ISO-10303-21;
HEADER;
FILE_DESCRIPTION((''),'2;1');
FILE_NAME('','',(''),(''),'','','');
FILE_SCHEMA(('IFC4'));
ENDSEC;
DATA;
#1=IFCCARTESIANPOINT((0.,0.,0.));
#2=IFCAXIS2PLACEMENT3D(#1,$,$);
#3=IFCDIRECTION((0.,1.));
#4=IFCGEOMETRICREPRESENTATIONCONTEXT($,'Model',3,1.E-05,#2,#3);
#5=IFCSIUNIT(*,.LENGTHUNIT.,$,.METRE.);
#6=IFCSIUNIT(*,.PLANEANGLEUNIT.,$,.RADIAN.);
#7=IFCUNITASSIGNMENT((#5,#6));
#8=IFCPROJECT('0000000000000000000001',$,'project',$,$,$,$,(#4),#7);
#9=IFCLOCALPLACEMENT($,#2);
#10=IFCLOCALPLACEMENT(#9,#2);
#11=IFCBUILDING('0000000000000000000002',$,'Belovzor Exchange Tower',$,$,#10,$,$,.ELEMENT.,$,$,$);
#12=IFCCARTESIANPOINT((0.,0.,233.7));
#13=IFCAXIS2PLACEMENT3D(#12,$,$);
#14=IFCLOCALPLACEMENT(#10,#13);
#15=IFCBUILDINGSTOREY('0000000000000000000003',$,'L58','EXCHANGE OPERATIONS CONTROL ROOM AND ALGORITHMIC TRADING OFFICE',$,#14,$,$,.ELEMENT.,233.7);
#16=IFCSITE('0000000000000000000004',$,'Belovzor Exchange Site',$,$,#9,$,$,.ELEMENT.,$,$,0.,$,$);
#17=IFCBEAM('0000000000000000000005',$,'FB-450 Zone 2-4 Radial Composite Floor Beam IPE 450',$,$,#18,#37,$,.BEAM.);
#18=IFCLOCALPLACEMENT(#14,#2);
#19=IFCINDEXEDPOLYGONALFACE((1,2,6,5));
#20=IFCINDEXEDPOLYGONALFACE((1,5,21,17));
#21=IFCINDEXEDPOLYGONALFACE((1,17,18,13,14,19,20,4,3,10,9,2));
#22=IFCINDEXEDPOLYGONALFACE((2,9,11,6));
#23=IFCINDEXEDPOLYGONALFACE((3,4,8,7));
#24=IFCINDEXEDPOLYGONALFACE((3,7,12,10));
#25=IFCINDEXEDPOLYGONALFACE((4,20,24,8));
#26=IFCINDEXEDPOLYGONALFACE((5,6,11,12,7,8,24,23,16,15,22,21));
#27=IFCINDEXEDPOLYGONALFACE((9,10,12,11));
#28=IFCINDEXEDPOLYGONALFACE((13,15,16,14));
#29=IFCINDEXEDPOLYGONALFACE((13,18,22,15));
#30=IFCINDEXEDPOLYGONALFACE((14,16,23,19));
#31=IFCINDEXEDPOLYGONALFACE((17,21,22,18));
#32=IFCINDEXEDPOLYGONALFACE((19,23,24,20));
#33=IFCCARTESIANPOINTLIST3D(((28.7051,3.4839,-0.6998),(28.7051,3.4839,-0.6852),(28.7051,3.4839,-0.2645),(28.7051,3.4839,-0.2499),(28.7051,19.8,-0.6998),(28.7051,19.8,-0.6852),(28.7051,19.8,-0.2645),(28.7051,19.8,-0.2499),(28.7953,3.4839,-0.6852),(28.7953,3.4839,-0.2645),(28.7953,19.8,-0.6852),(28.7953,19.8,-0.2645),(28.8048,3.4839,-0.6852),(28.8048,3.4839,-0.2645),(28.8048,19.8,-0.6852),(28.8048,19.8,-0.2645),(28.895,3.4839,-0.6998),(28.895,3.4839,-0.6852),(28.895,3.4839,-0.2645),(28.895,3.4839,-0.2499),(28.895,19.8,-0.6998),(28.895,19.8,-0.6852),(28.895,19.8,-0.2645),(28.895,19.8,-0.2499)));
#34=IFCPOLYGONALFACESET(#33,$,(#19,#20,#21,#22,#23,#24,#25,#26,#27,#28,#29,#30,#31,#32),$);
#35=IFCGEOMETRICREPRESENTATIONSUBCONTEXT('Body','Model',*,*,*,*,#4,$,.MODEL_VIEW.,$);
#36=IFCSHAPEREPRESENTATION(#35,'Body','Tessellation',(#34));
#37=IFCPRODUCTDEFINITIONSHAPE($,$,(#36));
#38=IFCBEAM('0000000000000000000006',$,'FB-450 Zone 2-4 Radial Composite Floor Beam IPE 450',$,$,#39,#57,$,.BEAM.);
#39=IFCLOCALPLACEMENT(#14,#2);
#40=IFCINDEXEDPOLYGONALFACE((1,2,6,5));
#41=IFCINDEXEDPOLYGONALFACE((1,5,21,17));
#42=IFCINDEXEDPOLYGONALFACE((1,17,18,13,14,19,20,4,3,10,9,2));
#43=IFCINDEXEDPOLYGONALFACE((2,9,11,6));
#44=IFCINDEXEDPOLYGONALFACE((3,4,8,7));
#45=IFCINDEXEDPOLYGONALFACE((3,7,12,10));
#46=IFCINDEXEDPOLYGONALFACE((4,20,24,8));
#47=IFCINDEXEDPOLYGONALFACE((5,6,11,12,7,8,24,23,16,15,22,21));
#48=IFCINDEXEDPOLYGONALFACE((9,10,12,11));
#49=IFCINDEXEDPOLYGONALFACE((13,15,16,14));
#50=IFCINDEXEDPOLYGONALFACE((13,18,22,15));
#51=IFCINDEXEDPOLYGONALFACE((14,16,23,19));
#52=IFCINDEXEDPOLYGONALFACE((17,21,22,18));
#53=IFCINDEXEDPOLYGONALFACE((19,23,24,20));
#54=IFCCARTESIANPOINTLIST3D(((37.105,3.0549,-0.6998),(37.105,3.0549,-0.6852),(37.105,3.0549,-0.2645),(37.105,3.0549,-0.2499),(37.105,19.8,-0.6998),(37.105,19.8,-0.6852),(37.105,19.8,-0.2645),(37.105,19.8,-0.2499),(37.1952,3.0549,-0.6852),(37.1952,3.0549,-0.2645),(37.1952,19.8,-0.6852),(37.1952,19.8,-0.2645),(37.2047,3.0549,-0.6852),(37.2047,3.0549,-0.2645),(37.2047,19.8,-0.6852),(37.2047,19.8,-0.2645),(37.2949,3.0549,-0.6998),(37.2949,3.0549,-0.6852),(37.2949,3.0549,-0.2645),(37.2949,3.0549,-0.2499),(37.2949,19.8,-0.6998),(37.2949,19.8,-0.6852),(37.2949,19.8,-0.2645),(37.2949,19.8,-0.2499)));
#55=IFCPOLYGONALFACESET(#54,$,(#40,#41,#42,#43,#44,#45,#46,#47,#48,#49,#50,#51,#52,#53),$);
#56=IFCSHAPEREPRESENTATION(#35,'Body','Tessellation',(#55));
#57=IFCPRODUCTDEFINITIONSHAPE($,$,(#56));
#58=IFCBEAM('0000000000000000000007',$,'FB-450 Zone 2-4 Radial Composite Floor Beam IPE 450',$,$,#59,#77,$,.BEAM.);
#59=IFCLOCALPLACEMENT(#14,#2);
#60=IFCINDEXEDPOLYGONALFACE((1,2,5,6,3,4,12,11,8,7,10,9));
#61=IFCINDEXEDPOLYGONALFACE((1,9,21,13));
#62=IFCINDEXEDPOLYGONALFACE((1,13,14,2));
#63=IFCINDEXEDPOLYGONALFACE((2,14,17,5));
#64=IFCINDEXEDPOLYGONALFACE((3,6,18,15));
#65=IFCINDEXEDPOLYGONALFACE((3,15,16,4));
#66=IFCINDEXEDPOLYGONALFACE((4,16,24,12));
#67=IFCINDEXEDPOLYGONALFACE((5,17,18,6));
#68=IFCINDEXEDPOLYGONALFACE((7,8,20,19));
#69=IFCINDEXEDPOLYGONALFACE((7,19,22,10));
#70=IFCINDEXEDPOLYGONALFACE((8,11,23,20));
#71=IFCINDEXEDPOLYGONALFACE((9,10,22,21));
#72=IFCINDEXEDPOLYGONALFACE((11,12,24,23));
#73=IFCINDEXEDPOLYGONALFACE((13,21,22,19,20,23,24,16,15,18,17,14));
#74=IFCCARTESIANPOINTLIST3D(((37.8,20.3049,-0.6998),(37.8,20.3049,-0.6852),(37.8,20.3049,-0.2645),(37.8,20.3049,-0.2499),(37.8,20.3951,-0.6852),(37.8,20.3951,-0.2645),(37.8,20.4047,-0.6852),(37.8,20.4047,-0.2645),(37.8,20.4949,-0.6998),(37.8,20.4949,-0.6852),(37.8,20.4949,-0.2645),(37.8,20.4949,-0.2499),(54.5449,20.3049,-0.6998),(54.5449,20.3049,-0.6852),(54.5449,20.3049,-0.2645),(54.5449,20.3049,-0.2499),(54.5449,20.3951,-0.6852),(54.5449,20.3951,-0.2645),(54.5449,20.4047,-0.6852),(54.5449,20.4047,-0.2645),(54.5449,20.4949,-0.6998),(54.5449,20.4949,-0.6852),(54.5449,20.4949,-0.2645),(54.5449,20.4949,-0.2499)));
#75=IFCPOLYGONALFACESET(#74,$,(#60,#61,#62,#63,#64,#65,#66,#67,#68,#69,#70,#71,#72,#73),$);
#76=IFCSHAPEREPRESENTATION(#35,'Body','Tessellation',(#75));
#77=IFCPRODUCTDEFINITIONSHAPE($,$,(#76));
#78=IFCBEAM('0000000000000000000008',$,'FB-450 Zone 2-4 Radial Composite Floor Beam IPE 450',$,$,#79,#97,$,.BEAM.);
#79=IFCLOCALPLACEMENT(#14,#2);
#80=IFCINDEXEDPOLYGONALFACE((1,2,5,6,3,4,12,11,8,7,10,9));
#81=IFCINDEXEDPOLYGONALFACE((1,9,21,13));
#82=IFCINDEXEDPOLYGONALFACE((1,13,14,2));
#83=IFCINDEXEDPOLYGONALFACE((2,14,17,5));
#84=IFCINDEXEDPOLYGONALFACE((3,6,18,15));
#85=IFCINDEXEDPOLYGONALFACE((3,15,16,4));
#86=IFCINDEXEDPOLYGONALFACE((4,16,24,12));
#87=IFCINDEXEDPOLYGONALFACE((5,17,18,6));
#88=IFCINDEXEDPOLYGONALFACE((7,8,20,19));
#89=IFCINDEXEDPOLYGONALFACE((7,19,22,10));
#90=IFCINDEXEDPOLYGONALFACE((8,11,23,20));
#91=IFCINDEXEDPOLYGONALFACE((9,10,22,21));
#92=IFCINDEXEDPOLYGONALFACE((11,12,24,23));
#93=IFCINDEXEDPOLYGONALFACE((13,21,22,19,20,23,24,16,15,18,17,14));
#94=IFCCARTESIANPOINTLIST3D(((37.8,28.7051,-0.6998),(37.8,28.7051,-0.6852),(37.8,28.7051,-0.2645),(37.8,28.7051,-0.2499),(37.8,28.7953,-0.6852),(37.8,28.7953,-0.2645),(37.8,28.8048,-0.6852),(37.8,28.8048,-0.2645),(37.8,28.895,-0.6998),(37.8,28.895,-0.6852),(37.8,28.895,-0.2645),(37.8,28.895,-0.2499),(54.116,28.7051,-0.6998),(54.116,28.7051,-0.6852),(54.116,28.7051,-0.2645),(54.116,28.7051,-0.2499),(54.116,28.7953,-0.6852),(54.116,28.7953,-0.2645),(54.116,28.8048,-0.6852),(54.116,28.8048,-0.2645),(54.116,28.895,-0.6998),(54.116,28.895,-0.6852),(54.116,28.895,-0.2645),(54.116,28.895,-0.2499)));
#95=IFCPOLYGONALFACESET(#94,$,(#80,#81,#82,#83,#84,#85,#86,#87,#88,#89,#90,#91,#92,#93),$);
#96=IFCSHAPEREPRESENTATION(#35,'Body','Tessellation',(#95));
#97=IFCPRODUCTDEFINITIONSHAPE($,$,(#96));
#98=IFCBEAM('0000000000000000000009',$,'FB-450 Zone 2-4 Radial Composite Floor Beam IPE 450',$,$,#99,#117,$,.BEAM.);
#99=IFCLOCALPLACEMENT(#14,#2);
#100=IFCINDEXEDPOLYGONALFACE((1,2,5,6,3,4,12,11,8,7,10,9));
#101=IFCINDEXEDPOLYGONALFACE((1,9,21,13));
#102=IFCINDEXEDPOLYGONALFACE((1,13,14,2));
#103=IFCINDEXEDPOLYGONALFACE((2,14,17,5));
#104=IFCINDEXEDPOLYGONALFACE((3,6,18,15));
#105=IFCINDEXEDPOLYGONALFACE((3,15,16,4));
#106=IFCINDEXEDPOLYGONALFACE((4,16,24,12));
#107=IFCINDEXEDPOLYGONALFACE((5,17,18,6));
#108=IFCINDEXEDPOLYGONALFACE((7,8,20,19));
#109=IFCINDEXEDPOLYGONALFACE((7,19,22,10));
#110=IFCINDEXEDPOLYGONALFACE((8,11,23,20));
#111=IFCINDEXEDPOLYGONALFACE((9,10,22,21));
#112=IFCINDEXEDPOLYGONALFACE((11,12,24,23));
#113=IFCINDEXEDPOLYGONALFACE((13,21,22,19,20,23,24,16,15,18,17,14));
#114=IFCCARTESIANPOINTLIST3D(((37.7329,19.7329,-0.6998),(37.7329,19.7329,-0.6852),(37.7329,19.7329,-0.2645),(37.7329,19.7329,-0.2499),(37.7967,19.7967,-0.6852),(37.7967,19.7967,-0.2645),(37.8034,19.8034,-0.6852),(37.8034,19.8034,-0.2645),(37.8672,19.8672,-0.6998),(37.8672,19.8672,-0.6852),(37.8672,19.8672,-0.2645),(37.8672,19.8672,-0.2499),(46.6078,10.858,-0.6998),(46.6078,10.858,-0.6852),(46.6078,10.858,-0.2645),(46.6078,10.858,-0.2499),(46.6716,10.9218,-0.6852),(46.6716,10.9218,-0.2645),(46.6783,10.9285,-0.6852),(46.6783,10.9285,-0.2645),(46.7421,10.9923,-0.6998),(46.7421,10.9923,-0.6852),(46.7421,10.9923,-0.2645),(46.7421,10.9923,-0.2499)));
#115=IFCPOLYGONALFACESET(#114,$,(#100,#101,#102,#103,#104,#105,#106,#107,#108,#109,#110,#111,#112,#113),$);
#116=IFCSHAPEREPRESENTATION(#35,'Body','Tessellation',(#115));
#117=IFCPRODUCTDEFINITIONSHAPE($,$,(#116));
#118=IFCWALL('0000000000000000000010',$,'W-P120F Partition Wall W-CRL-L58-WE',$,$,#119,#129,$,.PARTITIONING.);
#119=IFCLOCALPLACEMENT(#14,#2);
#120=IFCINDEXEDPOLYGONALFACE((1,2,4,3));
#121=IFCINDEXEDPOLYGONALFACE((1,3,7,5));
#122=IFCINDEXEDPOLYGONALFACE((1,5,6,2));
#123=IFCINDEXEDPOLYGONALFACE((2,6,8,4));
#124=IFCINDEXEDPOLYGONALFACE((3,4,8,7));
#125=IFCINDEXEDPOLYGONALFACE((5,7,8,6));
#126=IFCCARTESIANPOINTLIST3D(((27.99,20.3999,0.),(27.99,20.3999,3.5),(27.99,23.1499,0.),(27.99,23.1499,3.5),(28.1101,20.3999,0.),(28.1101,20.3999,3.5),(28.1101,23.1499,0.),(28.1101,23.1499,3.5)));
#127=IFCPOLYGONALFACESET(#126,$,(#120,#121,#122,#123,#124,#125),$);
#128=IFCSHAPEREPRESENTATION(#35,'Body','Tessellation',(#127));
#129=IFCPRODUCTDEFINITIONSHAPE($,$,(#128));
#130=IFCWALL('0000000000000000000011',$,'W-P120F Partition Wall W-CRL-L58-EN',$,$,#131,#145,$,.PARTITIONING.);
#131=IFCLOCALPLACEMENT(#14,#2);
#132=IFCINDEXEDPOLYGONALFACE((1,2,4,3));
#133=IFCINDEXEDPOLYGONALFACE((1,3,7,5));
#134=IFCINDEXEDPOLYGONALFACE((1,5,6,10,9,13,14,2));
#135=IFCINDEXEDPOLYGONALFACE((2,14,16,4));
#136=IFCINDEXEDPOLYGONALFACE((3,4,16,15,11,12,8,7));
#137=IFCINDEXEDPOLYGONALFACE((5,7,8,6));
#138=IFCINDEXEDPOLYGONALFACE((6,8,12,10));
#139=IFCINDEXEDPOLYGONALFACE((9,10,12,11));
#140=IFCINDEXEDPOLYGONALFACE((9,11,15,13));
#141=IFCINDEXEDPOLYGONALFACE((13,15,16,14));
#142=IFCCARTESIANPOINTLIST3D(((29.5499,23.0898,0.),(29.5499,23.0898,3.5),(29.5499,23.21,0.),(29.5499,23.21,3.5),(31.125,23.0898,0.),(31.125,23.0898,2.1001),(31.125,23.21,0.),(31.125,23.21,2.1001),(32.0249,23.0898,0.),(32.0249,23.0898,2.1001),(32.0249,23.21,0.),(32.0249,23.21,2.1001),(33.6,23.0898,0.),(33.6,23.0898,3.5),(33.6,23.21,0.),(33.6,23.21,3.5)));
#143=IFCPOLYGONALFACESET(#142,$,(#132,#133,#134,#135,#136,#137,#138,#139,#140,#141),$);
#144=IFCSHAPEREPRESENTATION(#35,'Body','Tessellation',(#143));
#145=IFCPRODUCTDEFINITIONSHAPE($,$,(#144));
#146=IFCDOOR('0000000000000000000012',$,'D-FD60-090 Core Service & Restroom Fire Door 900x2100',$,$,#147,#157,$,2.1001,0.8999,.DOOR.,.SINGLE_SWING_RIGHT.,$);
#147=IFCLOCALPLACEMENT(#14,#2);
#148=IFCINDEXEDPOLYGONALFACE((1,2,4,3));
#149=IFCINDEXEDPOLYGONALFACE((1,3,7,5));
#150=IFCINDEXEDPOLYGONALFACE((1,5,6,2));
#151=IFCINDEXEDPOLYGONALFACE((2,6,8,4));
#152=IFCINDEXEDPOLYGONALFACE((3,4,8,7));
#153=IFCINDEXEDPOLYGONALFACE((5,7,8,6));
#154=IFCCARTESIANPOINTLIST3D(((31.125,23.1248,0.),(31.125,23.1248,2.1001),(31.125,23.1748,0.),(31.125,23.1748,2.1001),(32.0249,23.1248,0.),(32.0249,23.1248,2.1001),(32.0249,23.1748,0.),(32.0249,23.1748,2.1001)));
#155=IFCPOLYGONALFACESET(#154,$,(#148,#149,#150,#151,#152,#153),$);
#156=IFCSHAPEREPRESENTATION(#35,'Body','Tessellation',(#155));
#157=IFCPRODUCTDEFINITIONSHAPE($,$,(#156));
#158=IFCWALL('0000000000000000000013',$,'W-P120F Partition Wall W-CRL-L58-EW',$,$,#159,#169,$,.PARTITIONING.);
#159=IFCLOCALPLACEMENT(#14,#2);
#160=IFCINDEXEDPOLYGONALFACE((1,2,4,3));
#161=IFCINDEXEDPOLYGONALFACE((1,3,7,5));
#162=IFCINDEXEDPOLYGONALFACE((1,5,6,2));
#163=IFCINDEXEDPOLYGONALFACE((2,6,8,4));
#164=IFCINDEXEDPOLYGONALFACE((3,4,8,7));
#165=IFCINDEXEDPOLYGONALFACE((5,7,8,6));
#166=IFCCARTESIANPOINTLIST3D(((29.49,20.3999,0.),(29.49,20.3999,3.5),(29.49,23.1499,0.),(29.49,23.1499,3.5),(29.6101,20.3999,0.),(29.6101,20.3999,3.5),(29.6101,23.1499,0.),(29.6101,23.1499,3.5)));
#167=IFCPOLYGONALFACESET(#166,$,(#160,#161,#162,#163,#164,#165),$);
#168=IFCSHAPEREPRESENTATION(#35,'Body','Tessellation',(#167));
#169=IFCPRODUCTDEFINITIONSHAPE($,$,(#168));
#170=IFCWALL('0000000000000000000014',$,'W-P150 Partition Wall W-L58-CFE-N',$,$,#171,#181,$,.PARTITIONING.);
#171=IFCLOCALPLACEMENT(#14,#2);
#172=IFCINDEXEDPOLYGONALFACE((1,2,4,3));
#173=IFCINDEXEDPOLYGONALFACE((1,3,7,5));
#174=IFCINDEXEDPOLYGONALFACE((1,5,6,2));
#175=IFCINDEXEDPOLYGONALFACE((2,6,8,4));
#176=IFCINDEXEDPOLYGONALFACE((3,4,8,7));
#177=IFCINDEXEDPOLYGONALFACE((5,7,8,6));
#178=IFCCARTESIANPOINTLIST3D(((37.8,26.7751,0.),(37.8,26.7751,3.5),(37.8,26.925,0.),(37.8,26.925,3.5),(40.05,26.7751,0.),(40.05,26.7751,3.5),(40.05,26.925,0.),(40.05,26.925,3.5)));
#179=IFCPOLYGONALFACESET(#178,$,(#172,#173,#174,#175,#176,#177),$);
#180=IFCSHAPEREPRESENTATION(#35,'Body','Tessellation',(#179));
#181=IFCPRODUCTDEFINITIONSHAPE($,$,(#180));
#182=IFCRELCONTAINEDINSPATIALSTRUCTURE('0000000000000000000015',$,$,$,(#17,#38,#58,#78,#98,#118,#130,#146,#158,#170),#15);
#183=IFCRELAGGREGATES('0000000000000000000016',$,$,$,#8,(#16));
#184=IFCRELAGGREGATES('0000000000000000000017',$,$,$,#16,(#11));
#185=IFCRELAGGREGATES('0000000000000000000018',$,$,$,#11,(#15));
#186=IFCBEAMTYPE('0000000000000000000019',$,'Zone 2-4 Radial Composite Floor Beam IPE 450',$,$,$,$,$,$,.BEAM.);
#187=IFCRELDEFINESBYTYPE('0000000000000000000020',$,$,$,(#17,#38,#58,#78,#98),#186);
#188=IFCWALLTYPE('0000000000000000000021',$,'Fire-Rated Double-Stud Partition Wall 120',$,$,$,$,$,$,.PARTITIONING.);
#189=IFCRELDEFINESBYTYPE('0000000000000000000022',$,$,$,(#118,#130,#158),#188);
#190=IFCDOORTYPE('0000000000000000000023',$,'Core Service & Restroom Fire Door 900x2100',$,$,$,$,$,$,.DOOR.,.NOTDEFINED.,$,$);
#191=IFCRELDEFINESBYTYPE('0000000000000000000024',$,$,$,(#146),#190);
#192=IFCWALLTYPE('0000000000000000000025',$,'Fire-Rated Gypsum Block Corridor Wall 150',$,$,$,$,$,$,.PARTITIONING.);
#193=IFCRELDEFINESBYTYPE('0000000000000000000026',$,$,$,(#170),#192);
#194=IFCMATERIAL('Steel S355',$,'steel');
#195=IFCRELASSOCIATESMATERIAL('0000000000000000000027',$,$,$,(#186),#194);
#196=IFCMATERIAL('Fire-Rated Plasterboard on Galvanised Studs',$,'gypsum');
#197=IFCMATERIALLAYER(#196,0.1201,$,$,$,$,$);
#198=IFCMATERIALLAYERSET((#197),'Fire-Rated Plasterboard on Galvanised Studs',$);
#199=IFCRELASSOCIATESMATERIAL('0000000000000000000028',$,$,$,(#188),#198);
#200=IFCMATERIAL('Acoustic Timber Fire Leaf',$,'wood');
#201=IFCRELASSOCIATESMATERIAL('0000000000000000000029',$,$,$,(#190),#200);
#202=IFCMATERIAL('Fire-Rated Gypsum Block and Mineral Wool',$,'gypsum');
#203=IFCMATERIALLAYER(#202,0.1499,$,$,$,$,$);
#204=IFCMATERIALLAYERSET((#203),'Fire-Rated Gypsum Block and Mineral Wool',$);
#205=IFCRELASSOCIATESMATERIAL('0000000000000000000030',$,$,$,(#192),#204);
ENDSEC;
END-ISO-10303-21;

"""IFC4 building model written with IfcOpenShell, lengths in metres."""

from ifc_helpers import new_model, si_unit, direction, frame, frame_2d, origin, origin_2d, place, context, subcontext, project, spatial, rectangle, i_section, extrude, material, layer, layer_set, material_profile, profile_set, type_object, element, fill, save


model = new_model("IFC4")

# Units and contexts
model_context = context("Model", 3, precision=1e-05, world=origin(), true_north=direction((0.0, 1.0)))
body_context = subcontext(model_context, "Body", "Model", "MODEL_VIEW")
ifc_project = project(units=[si_unit("LENGTHUNIT", "METRE"), si_unit("PLANEANGLEUNIT", "RADIAN")], contexts=[model_context])

# Site, building, storey
site_placement = place(None, origin())
site = spatial("IfcSite", under=ifc_project, at=site_placement, Name="Belovzor Exchange Site", CompositionType="ELEMENT", RefElevation=0.0)
building_placement = place(site_placement, origin())
building = spatial("IfcBuilding", under=site, at=building_placement, Name="Belovzor Exchange Tower", CompositionType="ELEMENT")
storey_placement = place(building_placement, frame((0.0, 0.0, 233.7)))
storey = spatial("IfcBuildingStorey", under=building, at=storey_placement, Name="L58", Description="EXCHANGE OPERATIONS CONTROL ROOM AND ALGORITHMIC TRADING OFFICE", CompositionType="ELEMENT", Elevation=233.7)

# Beams
ifc_material_1 = material(Name="Steel S355", Category="steel")
ifc_material_profile = material_profile(ifc_material_1, i_section(OverallWidth=0.1899, OverallDepth=0.45, WebThickness=0.0095, FlangeThickness=0.0146, at=origin_2d()))
ifc_profile_set = profile_set([ifc_material_profile], Name="Steel S355")
beam_type = type_object("IfcBeamType", Name="Zone 2-4 Radial Composite Floor Beam IPE 450", PredefinedType="BEAM", material=ifc_profile_set)
beam_1_placement = place(storey_placement, frame((28.8, 19.8, -0.4749), z_axis=(0.0, -1.0, 0.0), x_axis=(1.0, 0.0, 0.0)))
element("IfcBeam", 1, at=beam_1_placement, inside=storey, type_object=beam_type, Name="FB-450 Zone 2-4 Radial Composite Floor Beam IPE 450", PredefinedType="BEAM", context=body_context, shape_type="SweptSolid", body=[
    extrude(i_section(OverallWidth=0.1899, OverallDepth=0.45, WebThickness=0.0095, FlangeThickness=0.0146, at=origin_2d()), origin(), (0.0, 0.0, 1.0), 16.3162),
])
beam_2_placement = place(storey_placement, frame((37.2, 19.8, -0.4749), z_axis=(0.0, -1.0, 0.0), x_axis=(1.0, 0.0, 0.0)))
element("IfcBeam", 2, at=beam_2_placement, inside=storey, type_object=beam_type, Name="FB-450 Zone 2-4 Radial Composite Floor Beam IPE 450", PredefinedType="BEAM", context=body_context, shape_type="SweptSolid", body=[
    extrude(i_section(OverallWidth=0.1899, OverallDepth=0.45, WebThickness=0.0095, FlangeThickness=0.0146, at=origin_2d()), origin(), (0.0, 0.0, 1.0), 16.7451),
])
beam_3_placement = place(storey_placement, frame((37.8, 20.3999, -0.4749), z_axis=(1.0, 0.0, 0.0), x_axis=(0.0, 1.0, 0.0)))
element("IfcBeam", 3, at=beam_3_placement, inside=storey, type_object=beam_type, Name="FB-450 Zone 2-4 Radial Composite Floor Beam IPE 450", PredefinedType="BEAM", context=body_context, shape_type="SweptSolid", body=[
    extrude(i_section(OverallWidth=0.1899, OverallDepth=0.45, WebThickness=0.0095, FlangeThickness=0.0146, at=origin_2d()), origin(), (0.0, 0.0, 1.0), 16.7449),
])
beam_4_placement = place(storey_placement, frame((37.8, 28.8, -0.4749), z_axis=(1.0, 0.0, 0.0), x_axis=(0.0, 1.0, 0.0)))
element("IfcBeam", 4, at=beam_4_placement, inside=storey, type_object=beam_type, Name="FB-450 Zone 2-4 Radial Composite Floor Beam IPE 450", PredefinedType="BEAM", context=body_context, shape_type="SweptSolid", body=[
    extrude(i_section(OverallWidth=0.1899, OverallDepth=0.45, WebThickness=0.0095, FlangeThickness=0.0146, at=origin_2d()), origin(), (0.0, 0.0, 1.0), 16.3159),
])
beam_5_placement = place(storey_placement, frame((37.8, 19.8, -0.4749), z_axis=(0.707107, -0.707107, 0.0), x_axis=(0.707107, 0.707107, 0.0)))
element("IfcBeam", 5, at=beam_5_placement, inside=storey, type_object=beam_type, Name="FB-450 Zone 2-4 Radial Composite Floor Beam IPE 450", PredefinedType="BEAM", context=body_context, shape_type="SweptSolid", body=[
    extrude(i_section(OverallWidth=0.1899, OverallDepth=0.45, WebThickness=0.0095, FlangeThickness=0.0146, at=origin_2d()), origin(), (0.0, 0.0, 1.0), 12.551),
])

# Wall
ifc_material_2 = material(Name="Fire-Rated Plasterboard on Galvanised Studs", Category="gypsum")
ifc_layer_1 = layer(ifc_material_2, 0.1201)
ifc_layer_set_1 = layer_set([ifc_layer_1], Name="Fire-Rated Plasterboard on Galvanised Studs")
wall_type_1 = type_object("IfcWallType", Name="Fire-Rated Double-Stud Partition Wall 120", PredefinedType="PARTITIONING", material=ifc_layer_set_1)
wall_1_placement = place(storey_placement, frame((28.05, 20.3999, 0.0), z_axis=(0.0, 0.0, 1.0), x_axis=(0.0, 1.0, 0.0)))
element("IfcWall", 6, at=wall_1_placement, inside=storey, type_object=wall_type_1, Name="W-P120F Partition Wall W-CRL-L58-WE", PredefinedType="PARTITIONING", context=body_context, shape_type="SweptSolid", body=[
    extrude(rectangle(XDim=2.75, YDim=0.1201, at=frame_2d((1.375, 0.0))), origin(), (0.0, 0.0, 1.0), 3.5),
])

# Wall, opening, door
wall_2_placement = place(storey_placement, frame((29.55, 23.1499, 0.0), z_axis=(0.0, 0.0, 1.0), x_axis=(1.0, 0.0, 0.0)))
wall_2 = element("IfcWall", 7, at=wall_2_placement, inside=storey, type_object=wall_type_1, Name="W-P120F Partition Wall W-CRL-L58-EN", PredefinedType="PARTITIONING", context=body_context, shape_type="SweptSolid", body=[
    extrude(rectangle(XDim=4.05, YDim=0.1201, at=frame_2d((2.0249, 0.0))), origin(), (0.0, 0.0, 1.0), 3.5),
])
opening_1_placement = place(wall_2_placement, frame((1.575, 0.0, 0.0)))
opening_1 = element("IfcOpeningElement", 8, at=opening_1_placement, cuts=wall_2, PredefinedType="OPENING", context=body_context, shape_type="SweptSolid", body=[
    extrude(rectangle(XDim=0.8999, YDim=2.1001, at=frame_2d((0.45, 1.05))), frame((0.0, 0.0701, 0.0), z_axis=(0.0, -1.0, 0.0), x_axis=(1.0, 0.0, 0.0)), (0.0, 0.0, 1.0), 0.1401),
])
ifc_material_3 = material(Name="Acoustic Timber Fire Leaf", Category="wood")
door_type_1 = type_object("IfcDoorType", Name="Core Service & Restroom Fire Door 900x2100", OperationType="NOTDEFINED", PredefinedType="DOOR", material=ifc_material_3)
door_1_placement = place(opening_1_placement, origin())
door_1 = element("IfcDoor", 9, at=door_1_placement, inside=storey, type_object=door_type_1, Name="D-FD60-090 Core Service & Restroom Fire Door 900x2100", OperationType="SINGLE_SWING_RIGHT", OverallHeight=2.1001, OverallWidth=0.8999, PredefinedType="DOOR", context=body_context, shape_type="SweptSolid", body=[
    extrude(rectangle(XDim=0.8999, YDim=2.1001, at=frame_2d((0.45, 1.05))), frame((0.0, 0.0249, 0.0), z_axis=(0.0, -1.0, 0.0), x_axis=(1.0, 0.0, 0.0)), (0.0, 0.0, 1.0), 0.05),
])
fill(opening_1, door_1)

# Walls
wall_3_placement = place(storey_placement, frame((29.55, 20.3999, 0.0), z_axis=(0.0, 0.0, 1.0), x_axis=(0.0, 1.0, 0.0)))
element("IfcWall", 10, at=wall_3_placement, inside=storey, type_object=wall_type_1, Name="W-P120F Partition Wall W-CRL-L58-EW", PredefinedType="PARTITIONING", context=body_context, shape_type="SweptSolid", body=[
    extrude(rectangle(XDim=2.75, YDim=0.1201, at=frame_2d((1.375, 0.0))), origin(), (0.0, 0.0, 1.0), 3.5),
])
ifc_material_4 = material(Name="Fire-Rated Gypsum Block and Mineral Wool", Category="gypsum")
ifc_layer_2 = layer(ifc_material_4, 0.1499)
ifc_layer_set_2 = layer_set([ifc_layer_2], Name="Fire-Rated Gypsum Block and Mineral Wool")
wall_type_2 = type_object("IfcWallType", Name="Fire-Rated Gypsum Block Corridor Wall 150", PredefinedType="PARTITIONING", material=ifc_layer_set_2)
wall_4_placement = place(storey_placement, frame((37.8, 26.8501, 0.0), z_axis=(0.0, 0.0, 1.0), x_axis=(1.0, 0.0, 0.0)))
element("IfcWall", 11, at=wall_4_placement, inside=storey, type_object=wall_type_2, Name="W-P150 Partition Wall W-L58-CFE-N", PredefinedType="PARTITIONING", context=body_context, shape_type="SweptSolid", body=[
    extrude(rectangle(XDim=2.25, YDim=0.1499, at=frame_2d((1.125, 0.0))), origin(), (0.0, 0.0, 1.0), 3.5),
])

save(model, "model.ifc")
